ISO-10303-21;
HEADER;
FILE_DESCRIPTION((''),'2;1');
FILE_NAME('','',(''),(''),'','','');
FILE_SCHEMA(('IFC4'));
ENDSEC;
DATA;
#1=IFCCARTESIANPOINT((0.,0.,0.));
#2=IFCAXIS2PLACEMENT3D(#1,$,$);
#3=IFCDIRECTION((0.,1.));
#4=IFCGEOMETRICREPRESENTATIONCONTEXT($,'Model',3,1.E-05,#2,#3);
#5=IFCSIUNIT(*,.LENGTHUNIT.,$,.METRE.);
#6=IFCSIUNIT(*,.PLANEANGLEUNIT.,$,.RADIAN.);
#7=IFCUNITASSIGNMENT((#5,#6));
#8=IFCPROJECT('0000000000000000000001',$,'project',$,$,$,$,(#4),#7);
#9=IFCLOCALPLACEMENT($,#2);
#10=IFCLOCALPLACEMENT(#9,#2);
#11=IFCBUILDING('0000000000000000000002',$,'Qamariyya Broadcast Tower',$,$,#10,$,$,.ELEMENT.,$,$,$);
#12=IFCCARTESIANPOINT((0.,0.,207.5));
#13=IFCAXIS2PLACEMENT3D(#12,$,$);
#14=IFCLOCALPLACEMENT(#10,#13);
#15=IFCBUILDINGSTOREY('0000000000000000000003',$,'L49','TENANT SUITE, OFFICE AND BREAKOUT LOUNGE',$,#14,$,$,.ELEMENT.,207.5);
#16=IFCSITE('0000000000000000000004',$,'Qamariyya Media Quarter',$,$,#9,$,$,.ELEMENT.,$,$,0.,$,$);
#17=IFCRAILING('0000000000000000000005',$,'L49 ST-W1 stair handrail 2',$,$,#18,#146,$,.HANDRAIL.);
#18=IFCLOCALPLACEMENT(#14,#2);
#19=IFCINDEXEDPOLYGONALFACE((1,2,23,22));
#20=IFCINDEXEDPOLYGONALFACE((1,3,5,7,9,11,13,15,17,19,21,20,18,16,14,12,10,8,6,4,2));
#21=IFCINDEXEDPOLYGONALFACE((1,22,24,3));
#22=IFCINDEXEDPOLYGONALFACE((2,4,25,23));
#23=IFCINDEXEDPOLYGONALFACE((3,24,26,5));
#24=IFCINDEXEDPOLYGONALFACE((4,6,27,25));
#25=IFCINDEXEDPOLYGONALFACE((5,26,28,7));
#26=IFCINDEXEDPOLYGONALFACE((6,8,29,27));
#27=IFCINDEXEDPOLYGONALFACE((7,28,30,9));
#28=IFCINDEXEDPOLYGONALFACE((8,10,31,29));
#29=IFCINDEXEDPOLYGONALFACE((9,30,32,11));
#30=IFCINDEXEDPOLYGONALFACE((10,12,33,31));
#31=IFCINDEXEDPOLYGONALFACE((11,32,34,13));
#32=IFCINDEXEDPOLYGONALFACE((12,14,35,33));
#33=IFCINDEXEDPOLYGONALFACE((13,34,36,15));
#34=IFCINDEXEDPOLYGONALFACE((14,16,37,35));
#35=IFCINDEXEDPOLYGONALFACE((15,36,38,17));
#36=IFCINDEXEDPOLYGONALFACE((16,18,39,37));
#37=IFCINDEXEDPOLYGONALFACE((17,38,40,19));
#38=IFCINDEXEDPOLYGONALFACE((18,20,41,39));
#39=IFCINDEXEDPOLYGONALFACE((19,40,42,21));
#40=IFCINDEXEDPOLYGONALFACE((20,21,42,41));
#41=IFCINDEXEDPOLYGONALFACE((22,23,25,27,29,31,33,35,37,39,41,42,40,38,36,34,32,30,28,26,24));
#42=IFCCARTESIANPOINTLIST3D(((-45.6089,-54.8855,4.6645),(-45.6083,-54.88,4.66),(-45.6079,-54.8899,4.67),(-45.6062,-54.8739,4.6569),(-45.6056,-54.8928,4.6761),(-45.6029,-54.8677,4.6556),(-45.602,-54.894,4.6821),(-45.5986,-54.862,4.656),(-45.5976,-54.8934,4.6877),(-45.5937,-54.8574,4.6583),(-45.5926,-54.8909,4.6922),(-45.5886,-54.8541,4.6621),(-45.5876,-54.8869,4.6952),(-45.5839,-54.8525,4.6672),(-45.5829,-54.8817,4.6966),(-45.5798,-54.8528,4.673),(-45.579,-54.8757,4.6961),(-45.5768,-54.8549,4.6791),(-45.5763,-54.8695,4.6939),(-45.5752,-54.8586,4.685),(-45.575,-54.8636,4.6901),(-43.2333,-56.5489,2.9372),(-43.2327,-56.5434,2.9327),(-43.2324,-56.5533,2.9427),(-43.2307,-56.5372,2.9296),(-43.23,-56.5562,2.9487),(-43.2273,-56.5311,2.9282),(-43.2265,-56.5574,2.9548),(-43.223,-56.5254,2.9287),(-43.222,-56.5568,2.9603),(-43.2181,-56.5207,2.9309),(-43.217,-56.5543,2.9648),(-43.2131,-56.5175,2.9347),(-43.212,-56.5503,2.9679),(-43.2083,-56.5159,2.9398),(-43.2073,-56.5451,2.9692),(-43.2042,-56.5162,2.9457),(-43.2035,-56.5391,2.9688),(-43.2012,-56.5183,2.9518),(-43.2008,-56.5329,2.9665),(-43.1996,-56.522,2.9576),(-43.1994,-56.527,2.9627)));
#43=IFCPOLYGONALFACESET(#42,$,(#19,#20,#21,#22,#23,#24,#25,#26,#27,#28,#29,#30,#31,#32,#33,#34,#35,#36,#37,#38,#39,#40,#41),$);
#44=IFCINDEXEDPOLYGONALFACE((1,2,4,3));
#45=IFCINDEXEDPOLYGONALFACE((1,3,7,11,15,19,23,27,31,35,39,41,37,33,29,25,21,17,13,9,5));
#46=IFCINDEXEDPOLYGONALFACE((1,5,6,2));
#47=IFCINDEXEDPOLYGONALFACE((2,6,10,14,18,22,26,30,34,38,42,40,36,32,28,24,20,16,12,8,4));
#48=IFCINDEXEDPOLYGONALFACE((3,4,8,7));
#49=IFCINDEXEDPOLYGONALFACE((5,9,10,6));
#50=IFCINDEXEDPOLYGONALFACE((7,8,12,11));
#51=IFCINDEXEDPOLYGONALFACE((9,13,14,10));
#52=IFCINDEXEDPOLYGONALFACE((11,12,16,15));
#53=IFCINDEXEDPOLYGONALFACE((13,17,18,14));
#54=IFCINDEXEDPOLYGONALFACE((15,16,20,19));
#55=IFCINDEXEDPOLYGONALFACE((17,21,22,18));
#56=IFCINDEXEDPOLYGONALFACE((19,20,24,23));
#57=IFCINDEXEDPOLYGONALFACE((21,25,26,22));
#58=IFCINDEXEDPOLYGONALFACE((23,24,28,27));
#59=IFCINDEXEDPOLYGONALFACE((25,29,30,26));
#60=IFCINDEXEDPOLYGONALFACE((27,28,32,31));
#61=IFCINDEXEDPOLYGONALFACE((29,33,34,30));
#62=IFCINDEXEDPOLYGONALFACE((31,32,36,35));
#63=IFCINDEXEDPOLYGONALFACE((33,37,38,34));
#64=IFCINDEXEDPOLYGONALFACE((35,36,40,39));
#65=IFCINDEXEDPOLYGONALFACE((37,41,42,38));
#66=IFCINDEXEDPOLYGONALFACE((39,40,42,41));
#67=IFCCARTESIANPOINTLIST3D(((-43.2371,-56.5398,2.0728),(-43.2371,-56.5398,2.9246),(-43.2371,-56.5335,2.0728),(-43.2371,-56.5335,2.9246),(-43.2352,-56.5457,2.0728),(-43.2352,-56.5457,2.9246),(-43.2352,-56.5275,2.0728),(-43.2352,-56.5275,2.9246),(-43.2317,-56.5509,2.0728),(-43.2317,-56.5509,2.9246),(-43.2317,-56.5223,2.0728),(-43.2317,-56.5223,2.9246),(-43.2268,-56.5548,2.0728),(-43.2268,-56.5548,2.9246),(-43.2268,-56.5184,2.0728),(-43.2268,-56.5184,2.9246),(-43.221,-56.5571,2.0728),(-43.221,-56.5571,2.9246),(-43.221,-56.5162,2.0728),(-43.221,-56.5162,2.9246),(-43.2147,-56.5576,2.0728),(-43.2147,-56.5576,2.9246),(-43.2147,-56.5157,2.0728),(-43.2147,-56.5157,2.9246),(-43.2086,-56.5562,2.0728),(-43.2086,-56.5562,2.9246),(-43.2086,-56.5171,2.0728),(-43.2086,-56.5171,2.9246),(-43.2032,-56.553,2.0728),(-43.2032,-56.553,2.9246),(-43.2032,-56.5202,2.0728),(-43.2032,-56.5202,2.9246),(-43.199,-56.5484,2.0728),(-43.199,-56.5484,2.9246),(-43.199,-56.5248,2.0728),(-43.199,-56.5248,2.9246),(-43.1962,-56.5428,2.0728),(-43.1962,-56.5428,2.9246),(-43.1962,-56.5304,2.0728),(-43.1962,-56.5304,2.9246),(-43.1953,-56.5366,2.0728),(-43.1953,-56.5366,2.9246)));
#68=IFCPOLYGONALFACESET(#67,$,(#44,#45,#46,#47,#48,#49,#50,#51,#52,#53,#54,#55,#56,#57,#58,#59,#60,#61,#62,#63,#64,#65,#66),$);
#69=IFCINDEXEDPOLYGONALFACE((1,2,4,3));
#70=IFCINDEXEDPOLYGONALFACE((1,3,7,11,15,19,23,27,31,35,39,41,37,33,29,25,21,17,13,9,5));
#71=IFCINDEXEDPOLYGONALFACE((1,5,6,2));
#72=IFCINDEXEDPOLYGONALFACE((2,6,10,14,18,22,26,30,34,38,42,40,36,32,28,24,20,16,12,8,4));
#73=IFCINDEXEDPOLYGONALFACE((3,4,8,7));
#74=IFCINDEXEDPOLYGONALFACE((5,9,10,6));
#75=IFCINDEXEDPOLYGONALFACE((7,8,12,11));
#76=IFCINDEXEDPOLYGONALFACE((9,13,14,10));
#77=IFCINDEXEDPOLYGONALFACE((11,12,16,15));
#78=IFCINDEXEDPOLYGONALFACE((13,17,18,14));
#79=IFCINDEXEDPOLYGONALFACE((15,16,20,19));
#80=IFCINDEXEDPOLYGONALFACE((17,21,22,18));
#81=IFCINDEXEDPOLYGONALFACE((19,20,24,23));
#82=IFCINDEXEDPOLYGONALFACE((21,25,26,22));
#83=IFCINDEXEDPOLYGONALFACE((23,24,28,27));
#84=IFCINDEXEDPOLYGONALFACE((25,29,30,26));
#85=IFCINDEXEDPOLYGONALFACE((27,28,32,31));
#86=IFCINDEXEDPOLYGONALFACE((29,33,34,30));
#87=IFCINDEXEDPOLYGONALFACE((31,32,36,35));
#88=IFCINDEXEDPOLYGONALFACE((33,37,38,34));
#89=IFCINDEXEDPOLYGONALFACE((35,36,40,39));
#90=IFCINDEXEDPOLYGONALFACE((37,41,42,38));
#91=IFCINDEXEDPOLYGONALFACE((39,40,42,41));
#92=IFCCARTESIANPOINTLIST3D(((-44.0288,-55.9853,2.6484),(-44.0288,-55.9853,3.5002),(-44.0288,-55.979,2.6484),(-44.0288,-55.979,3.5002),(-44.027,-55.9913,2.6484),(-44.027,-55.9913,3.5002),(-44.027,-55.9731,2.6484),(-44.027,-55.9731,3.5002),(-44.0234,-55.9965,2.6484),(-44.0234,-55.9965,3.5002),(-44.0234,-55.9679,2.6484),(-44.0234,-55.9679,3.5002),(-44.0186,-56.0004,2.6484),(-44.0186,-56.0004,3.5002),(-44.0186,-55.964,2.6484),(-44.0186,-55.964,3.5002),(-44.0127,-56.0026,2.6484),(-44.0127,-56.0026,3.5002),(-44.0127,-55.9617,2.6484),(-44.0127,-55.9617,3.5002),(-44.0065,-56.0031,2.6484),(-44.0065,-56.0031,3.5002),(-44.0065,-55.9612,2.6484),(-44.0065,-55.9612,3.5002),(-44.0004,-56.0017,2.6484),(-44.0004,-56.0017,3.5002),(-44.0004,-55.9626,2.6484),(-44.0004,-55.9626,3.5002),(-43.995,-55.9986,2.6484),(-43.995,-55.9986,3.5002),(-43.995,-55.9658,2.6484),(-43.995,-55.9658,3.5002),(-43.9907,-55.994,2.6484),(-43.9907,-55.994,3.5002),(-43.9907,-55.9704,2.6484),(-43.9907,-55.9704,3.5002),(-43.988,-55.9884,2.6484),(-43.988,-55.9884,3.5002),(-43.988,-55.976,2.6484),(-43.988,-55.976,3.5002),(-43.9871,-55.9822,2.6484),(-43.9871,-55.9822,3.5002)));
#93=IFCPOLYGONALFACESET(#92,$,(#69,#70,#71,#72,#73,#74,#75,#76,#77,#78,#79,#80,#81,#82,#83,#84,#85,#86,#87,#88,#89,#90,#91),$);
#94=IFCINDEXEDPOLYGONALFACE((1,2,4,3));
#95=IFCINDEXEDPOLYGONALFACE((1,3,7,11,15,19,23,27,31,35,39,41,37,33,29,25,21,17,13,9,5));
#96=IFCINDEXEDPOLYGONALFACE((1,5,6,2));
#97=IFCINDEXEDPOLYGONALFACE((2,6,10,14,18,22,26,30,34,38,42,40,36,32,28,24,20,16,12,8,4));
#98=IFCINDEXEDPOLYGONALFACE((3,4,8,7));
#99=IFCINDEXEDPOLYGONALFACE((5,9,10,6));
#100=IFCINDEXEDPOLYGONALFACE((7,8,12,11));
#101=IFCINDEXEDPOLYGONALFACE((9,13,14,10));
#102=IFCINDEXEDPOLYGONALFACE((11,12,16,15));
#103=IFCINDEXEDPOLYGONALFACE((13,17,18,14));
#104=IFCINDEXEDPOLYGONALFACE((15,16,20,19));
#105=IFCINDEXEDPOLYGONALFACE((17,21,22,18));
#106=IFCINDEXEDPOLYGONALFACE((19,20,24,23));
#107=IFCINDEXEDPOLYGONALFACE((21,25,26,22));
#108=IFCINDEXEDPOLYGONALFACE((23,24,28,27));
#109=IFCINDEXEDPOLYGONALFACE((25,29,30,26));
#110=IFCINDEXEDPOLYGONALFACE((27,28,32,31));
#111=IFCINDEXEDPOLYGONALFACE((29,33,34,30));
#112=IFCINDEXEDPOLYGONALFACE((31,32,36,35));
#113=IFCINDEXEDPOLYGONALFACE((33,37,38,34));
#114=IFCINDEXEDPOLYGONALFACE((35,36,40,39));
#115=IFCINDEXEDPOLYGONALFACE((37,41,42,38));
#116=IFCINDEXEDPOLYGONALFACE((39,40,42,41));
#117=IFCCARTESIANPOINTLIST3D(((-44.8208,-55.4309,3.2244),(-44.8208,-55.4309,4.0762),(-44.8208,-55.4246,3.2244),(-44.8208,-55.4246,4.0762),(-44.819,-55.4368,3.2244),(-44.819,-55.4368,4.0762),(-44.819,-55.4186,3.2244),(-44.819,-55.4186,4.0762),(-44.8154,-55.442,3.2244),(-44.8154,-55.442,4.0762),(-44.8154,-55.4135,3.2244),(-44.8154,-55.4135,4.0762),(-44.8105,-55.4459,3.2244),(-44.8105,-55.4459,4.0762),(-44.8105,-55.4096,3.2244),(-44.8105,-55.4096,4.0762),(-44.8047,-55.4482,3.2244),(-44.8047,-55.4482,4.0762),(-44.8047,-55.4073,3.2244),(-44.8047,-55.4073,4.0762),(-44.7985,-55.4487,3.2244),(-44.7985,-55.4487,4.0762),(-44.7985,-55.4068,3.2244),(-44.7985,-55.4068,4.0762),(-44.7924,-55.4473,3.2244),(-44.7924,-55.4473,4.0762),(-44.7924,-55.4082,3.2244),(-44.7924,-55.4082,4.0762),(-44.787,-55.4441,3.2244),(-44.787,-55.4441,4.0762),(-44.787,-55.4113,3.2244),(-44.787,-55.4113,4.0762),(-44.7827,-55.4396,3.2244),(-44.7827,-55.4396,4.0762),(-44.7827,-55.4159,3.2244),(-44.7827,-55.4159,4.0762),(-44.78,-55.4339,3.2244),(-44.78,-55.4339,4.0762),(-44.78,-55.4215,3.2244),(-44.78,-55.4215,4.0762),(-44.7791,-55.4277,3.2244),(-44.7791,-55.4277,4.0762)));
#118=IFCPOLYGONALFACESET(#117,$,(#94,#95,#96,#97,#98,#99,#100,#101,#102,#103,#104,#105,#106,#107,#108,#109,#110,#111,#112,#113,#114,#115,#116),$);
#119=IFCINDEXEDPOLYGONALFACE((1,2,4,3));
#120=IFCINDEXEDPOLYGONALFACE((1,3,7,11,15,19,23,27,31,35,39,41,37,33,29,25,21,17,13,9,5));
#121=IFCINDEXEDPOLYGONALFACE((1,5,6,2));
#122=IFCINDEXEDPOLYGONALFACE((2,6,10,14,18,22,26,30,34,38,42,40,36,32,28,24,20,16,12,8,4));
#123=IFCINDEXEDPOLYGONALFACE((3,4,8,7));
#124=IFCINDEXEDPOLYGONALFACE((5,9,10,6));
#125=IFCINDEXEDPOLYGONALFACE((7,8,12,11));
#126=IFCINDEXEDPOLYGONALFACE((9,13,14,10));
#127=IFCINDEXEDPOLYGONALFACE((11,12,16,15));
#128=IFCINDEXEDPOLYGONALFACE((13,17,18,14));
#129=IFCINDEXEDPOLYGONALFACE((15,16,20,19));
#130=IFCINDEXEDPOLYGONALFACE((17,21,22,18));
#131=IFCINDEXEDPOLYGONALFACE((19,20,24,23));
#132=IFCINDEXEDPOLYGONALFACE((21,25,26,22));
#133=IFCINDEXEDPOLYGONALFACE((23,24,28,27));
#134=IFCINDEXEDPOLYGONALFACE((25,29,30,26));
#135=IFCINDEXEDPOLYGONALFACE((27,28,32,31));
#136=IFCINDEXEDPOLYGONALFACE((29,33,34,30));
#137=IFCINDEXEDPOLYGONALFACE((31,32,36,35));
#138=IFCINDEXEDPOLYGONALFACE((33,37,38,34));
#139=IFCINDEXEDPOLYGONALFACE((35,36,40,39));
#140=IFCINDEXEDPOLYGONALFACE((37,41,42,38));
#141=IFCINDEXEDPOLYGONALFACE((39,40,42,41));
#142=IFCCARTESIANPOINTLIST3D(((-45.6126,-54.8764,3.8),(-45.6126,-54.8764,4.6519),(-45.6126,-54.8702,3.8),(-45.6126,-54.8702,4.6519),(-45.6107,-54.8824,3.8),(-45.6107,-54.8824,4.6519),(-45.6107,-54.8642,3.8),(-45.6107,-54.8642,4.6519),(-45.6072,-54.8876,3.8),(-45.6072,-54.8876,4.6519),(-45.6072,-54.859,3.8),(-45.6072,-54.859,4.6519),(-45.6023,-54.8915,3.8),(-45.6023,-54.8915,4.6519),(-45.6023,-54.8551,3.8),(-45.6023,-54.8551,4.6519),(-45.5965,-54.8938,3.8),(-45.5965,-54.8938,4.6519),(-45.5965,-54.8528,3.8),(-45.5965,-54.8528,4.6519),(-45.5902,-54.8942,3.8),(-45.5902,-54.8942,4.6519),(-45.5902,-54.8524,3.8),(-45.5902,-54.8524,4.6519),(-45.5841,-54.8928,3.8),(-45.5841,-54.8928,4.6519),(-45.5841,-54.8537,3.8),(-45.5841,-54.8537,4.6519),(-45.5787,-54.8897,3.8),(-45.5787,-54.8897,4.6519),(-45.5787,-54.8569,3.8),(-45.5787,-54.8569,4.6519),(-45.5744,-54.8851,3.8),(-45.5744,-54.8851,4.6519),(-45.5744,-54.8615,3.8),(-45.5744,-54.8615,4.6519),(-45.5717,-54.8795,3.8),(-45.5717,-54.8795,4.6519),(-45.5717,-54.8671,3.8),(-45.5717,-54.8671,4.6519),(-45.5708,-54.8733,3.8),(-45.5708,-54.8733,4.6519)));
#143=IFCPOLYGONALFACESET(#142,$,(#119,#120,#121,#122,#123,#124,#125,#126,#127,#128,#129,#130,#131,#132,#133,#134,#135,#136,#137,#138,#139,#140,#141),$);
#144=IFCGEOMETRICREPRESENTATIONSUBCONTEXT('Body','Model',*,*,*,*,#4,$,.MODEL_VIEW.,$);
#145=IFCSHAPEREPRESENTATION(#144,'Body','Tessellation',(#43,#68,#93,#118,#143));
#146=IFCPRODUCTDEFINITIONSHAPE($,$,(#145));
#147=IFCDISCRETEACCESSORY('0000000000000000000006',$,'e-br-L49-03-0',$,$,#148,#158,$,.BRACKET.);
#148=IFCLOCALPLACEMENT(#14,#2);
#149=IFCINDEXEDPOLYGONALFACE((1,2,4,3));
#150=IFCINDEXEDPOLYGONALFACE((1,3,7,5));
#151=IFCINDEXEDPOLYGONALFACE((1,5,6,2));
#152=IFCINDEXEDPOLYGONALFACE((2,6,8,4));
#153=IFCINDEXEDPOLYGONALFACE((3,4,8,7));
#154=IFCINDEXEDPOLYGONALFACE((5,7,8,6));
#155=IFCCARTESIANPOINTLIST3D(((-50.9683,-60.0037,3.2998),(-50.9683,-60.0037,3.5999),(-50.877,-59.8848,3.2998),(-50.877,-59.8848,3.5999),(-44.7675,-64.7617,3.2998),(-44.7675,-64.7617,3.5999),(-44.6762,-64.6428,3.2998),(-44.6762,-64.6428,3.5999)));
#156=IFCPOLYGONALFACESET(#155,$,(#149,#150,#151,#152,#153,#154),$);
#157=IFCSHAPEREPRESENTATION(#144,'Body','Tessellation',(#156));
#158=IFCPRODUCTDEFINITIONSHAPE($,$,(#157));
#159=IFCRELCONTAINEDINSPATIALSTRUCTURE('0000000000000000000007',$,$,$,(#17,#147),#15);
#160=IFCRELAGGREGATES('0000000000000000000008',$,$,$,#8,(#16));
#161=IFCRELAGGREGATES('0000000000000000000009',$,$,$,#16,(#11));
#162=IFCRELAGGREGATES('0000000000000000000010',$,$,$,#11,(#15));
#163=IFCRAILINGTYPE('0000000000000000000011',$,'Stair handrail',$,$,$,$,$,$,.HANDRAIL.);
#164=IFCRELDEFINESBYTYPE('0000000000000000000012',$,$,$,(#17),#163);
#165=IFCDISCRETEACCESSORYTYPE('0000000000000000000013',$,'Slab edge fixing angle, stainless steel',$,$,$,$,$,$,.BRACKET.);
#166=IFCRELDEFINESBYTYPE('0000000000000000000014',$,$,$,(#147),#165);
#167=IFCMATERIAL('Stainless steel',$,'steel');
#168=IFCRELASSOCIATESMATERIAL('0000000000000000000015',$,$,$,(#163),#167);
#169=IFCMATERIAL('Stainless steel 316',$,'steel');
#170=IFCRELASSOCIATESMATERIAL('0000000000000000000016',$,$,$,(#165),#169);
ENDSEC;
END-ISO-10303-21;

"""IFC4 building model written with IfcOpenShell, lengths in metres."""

from ifc_helpers import new_model, si_unit, direction, frame, origin, origin_2d, place, context, subcontext, project, spatial, rectangle, circle, extrude, material, type_object, element, save


model = new_model("IFC4")

# Units and contexts
model_context = context("Model", 3, precision=1e-05, world=origin(), true_north=direction((0.0, 1.0)))
body_context = subcontext(model_context, "Body", "Model", "MODEL_VIEW")
ifc_project = project(units=[si_unit("LENGTHUNIT", "METRE"), si_unit("PLANEANGLEUNIT", "RADIAN")], contexts=[model_context])

# Site, building, storey
site_placement = place(None, origin())
site = spatial("IfcSite", under=ifc_project, at=site_placement, Name="Qamariyya Media Quarter", CompositionType="ELEMENT", RefElevation=0.0)
building_placement = place(site_placement, origin())
building = spatial("IfcBuilding", under=site, at=building_placement, Name="Qamariyya Broadcast Tower", CompositionType="ELEMENT")
storey_placement = place(building_placement, frame((0.0, 0.0, 207.5)))
storey = spatial("IfcBuildingStorey", under=building, at=storey_placement, Name="L49", Description="TENANT SUITE, OFFICE AND BREAKOUT LOUNGE", CompositionType="ELEMENT", Elevation=207.5)

# Railing
ifc_material_1 = material(Name="Stainless steel", Category="steel")
railing_type_1 = type_object("IfcRailingType", Name="Stair handrail", PredefinedType="HANDRAIL", material=ifc_material_1)
railing_1_placement = place(storey_placement, frame((-43.2163, -56.5366, 2.0728)))
element("IfcRailing", 1, at=railing_1_placement, inside=storey, type_object=railing_type_1, Name="L49 ST-W1 stair handrail 2", PredefinedType="HANDRAIL", context=body_context, shape_type="SweptSolid", body=[
    extrude(circle(Radius=0.0239, at=origin_2d()), frame((0.0, 0.0, 0.876), z_axis=(-0.70377, 0.492784, 0.511734), x_axis=(-0.573575, -0.819153, 0.0)), (0.0, 0.0, 1.0), 3.3755),
    extrude(circle(Radius=0.021, at=origin_2d()), origin(), (0.0, 0.0, 1.0), 0.8518),
    extrude(circle(Radius=0.021, at=origin_2d()), frame((-0.7917, 0.5544, 0.5757)), (0.0, 0.0, 1.0), 0.8518),
    extrude(circle(Radius=0.021, at=origin_2d()), frame((-1.5837, 1.1089, 1.1516)), (0.0, 0.0, 1.0), 0.8518),
    extrude(circle(Radius=0.021, at=origin_2d()), frame((-2.3755, 1.6633, 1.7273)), (0.0, 0.0, 1.0), 0.8518),
])

# Discrete accessory
ifc_material_2 = material(Name="Stainless steel 316", Category="steel")
discrete_accessory_type = type_object("IfcDiscreteAccessoryType", Name="Slab edge fixing angle, stainless steel", PredefinedType="BRACKET", material=ifc_material_2)
discrete_accessory_placement = place(storey_placement, frame((-47.8223, -62.3232, 3.2998), z_axis=(0.0, 0.0, 1.0), x_axis=(0.793353, -0.608761, 0.0)))
element("IfcDiscreteAccessory", 2, at=discrete_accessory_placement, inside=storey, type_object=discrete_accessory_type, Name="e-br-L49-03-0", PredefinedType="BRACKET", context=body_context, shape_type="SweptSolid", body=[
    extrude(rectangle(XDim=7.8159, YDim=0.1499, at=origin_2d()), origin(), (0.0, 0.0, 1.0), 0.3),
])

save(model, "model.ifc")
